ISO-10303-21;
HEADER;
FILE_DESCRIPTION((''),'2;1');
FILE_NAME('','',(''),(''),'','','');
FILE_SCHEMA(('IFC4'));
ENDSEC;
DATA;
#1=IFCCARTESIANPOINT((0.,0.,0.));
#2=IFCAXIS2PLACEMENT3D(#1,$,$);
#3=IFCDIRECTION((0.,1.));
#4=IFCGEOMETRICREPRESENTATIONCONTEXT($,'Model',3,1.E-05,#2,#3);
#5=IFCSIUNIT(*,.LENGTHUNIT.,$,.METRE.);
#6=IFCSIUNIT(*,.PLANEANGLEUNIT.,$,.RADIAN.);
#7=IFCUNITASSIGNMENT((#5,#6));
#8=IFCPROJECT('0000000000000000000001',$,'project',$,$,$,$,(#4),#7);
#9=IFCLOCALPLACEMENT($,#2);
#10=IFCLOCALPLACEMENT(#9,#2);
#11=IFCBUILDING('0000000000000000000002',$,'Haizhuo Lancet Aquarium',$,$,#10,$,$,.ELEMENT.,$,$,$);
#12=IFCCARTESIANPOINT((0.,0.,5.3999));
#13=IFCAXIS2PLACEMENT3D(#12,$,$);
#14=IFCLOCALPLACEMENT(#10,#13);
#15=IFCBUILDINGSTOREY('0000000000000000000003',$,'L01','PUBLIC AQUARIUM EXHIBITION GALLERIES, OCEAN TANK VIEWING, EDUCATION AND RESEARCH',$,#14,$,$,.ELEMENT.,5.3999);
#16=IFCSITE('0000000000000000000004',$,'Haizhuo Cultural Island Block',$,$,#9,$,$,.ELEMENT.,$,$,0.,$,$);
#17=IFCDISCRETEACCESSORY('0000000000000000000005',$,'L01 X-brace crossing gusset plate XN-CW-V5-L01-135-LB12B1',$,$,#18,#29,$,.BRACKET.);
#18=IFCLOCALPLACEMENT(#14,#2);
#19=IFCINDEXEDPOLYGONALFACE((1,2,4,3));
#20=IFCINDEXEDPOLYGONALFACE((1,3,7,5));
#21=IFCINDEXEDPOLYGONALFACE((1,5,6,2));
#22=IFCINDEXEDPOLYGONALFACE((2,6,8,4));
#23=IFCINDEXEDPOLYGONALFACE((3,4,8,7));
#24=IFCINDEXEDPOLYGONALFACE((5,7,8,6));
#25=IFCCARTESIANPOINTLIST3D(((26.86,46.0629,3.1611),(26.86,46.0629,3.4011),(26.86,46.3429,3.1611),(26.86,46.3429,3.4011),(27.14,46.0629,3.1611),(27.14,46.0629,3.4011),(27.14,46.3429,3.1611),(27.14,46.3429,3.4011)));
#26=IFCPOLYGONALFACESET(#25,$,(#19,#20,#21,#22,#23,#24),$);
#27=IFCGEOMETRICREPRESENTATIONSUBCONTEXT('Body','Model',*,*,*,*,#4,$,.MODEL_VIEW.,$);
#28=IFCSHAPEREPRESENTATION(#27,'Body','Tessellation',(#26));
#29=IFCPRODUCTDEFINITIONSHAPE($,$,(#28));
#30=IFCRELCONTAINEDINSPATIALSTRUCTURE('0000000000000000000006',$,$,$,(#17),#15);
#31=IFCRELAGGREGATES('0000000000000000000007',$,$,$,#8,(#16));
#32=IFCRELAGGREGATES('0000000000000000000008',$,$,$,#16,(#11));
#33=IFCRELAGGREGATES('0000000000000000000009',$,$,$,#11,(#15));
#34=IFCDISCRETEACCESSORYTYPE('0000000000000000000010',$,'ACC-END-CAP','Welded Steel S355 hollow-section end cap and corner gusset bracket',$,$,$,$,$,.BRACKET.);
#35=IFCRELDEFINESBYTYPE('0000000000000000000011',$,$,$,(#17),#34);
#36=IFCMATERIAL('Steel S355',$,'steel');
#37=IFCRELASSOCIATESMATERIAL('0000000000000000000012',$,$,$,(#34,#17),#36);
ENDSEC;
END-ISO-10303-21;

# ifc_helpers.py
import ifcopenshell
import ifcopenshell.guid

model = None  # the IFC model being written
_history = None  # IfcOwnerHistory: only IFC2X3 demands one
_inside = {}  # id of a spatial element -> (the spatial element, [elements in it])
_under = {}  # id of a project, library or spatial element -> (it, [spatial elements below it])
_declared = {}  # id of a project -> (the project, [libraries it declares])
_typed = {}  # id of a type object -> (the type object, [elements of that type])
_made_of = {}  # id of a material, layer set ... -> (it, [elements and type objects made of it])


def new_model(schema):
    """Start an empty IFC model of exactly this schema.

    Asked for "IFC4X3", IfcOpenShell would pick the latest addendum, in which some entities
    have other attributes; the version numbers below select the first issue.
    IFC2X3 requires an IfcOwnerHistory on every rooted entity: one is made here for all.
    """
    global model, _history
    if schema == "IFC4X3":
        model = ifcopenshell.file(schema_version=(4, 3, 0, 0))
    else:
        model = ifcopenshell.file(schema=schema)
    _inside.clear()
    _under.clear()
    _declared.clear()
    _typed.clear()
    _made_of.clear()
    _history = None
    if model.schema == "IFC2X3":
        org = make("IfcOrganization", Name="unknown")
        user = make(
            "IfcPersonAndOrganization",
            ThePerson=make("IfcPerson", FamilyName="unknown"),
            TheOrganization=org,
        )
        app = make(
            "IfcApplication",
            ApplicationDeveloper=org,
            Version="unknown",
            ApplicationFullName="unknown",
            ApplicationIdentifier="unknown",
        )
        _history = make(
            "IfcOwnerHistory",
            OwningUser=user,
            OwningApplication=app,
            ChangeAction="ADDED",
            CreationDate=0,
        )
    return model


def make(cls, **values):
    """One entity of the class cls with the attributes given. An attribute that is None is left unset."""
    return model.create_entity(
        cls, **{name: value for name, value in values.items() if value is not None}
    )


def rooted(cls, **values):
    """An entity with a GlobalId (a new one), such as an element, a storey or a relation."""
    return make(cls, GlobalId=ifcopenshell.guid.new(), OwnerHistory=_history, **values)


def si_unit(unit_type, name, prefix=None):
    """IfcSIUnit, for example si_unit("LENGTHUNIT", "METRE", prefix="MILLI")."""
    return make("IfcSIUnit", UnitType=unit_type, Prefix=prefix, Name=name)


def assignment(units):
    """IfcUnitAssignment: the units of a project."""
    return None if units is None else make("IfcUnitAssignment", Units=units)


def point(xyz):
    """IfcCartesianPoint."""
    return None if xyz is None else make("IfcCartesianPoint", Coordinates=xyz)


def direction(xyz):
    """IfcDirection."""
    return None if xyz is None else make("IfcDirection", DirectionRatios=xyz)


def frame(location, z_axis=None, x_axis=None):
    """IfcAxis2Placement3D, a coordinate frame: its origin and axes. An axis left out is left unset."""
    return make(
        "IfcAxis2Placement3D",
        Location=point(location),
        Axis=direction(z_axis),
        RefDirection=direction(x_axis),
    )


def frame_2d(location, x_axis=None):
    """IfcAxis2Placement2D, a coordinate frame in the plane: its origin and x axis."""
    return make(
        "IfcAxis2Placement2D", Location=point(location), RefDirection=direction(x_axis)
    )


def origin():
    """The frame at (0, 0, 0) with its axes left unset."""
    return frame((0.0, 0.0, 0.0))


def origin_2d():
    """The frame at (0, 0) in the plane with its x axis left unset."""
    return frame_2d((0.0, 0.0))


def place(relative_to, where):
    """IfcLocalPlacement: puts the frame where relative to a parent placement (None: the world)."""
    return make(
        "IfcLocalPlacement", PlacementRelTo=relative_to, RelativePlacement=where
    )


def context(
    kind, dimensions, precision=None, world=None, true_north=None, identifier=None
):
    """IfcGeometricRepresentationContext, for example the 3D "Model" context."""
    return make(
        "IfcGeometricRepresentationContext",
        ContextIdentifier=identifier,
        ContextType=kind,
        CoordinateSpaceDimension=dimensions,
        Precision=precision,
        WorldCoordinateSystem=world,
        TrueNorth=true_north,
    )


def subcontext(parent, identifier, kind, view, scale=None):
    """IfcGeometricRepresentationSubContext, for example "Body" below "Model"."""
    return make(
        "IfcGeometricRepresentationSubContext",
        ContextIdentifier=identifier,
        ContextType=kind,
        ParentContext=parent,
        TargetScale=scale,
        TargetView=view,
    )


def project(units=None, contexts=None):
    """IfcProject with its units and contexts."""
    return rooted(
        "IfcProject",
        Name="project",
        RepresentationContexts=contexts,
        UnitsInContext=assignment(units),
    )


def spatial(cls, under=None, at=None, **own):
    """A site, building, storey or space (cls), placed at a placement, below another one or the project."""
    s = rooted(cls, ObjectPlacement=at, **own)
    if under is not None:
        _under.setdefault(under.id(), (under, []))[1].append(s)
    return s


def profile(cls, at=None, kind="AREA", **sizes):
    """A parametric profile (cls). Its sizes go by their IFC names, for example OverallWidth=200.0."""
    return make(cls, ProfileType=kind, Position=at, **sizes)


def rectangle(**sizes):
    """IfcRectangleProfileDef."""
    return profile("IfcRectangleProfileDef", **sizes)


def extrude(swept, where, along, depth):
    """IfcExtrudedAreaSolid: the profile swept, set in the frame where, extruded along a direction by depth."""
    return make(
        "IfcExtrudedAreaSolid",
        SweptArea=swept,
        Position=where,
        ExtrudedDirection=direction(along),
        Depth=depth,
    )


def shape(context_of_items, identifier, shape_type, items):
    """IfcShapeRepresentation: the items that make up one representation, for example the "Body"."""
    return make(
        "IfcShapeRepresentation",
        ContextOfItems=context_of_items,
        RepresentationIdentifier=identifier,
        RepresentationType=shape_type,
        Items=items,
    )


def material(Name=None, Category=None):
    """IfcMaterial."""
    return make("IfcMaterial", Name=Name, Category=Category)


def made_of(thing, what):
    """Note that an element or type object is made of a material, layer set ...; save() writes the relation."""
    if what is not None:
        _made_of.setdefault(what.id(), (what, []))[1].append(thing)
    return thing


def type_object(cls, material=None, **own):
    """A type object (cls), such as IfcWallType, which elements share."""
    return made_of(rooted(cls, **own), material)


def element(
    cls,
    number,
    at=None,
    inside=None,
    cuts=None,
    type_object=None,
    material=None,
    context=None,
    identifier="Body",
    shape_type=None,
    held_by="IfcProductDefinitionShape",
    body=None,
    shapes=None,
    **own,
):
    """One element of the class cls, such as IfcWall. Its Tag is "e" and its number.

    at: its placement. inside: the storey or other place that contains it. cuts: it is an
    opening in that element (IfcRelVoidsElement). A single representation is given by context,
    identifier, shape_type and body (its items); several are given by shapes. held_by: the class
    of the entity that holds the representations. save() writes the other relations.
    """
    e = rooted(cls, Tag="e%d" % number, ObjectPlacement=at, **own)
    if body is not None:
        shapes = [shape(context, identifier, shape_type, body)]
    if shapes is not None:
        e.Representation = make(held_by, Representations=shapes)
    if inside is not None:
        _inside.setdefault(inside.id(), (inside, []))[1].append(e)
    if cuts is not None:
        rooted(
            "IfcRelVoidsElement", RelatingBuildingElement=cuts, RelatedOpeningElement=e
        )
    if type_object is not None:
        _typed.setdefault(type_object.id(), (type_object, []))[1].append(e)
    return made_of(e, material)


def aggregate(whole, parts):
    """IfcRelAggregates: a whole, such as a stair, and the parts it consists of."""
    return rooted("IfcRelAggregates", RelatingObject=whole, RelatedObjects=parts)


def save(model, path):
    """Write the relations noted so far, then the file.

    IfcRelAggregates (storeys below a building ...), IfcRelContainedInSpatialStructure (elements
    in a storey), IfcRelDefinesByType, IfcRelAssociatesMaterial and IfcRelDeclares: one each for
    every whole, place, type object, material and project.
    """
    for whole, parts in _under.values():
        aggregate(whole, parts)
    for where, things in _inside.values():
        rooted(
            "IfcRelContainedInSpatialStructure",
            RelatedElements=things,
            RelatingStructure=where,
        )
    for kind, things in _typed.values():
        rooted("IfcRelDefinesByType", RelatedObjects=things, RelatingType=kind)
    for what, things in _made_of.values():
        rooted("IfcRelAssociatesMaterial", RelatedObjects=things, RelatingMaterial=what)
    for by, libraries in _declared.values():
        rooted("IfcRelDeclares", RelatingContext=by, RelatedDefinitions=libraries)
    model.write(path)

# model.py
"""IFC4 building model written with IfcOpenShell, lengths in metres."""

from ifc_helpers import new_model, si_unit, direction, frame, origin, origin_2d, place, context, subcontext, project, spatial, rectangle, extrude, material, type_object, element, save


model = new_model("IFC4")

# Units and contexts
model_context = context("Model", 3, precision=1e-05, world=origin(), true_north=direction((0.0, 1.0)))
body_context = subcontext(model_context, "Body", "Model", "MODEL_VIEW")
ifc_project = project(units=[si_unit("LENGTHUNIT", "METRE"), si_unit("PLANEANGLEUNIT", "RADIAN")], contexts=[model_context])

# Site, building, storey
site_placement = place(None, origin())
site = spatial("IfcSite", under=ifc_project, at=site_placement, Name="Haizhuo Cultural Island Block", CompositionType="ELEMENT", RefElevation=0.0)
building_placement = place(site_placement, origin())
building = spatial("IfcBuilding", under=site, at=building_placement, Name="Haizhuo Lancet Aquarium", CompositionType="ELEMENT")
storey_placement = place(building_placement, frame((0.0, 0.0, 5.3999)))
storey = spatial("IfcBuildingStorey", under=building, at=storey_placement, Name="L01", Description="PUBLIC AQUARIUM EXHIBITION GALLERIES, OCEAN TANK VIEWING, EDUCATION AND RESEARCH", CompositionType="ELEMENT", Elevation=5.3999)

# Shared definitions
ifc_material_1 = material(Name="Steel S355", Category="steel")

# Discrete accessory
discrete_accessory_type = type_object("IfcDiscreteAccessoryType", Name="ACC-END-CAP", Description="Welded Steel S355 hollow-section end cap and corner gusset bracket", PredefinedType="BRACKET", material=ifc_material_1)
for number, where, z_axis, x_axis, name in (
    (1, (27.0, 46.2029, 3.1611), (0.0, 0.0, 1.0), (1.0, 0.0, 0.0), "L01 X-brace crossing gusset plate XN-CW-V5-L01-135-LB12B1"),
):
    element("IfcDiscreteAccessory", number, at=place(storey_placement, frame(where, z_axis=z_axis, x_axis=x_axis)), inside=storey, type_object=discrete_accessory_type, material=ifc_material_1, Name=name, PredefinedType="BRACKET", context=body_context, shape_type="SweptSolid", body=[
        extrude(rectangle(XDim=0.28, YDim=0.28, at=origin_2d()), origin(), (0.0, 0.0, 1.0), 0.24),
    ])

save(model, "model.ifc")
